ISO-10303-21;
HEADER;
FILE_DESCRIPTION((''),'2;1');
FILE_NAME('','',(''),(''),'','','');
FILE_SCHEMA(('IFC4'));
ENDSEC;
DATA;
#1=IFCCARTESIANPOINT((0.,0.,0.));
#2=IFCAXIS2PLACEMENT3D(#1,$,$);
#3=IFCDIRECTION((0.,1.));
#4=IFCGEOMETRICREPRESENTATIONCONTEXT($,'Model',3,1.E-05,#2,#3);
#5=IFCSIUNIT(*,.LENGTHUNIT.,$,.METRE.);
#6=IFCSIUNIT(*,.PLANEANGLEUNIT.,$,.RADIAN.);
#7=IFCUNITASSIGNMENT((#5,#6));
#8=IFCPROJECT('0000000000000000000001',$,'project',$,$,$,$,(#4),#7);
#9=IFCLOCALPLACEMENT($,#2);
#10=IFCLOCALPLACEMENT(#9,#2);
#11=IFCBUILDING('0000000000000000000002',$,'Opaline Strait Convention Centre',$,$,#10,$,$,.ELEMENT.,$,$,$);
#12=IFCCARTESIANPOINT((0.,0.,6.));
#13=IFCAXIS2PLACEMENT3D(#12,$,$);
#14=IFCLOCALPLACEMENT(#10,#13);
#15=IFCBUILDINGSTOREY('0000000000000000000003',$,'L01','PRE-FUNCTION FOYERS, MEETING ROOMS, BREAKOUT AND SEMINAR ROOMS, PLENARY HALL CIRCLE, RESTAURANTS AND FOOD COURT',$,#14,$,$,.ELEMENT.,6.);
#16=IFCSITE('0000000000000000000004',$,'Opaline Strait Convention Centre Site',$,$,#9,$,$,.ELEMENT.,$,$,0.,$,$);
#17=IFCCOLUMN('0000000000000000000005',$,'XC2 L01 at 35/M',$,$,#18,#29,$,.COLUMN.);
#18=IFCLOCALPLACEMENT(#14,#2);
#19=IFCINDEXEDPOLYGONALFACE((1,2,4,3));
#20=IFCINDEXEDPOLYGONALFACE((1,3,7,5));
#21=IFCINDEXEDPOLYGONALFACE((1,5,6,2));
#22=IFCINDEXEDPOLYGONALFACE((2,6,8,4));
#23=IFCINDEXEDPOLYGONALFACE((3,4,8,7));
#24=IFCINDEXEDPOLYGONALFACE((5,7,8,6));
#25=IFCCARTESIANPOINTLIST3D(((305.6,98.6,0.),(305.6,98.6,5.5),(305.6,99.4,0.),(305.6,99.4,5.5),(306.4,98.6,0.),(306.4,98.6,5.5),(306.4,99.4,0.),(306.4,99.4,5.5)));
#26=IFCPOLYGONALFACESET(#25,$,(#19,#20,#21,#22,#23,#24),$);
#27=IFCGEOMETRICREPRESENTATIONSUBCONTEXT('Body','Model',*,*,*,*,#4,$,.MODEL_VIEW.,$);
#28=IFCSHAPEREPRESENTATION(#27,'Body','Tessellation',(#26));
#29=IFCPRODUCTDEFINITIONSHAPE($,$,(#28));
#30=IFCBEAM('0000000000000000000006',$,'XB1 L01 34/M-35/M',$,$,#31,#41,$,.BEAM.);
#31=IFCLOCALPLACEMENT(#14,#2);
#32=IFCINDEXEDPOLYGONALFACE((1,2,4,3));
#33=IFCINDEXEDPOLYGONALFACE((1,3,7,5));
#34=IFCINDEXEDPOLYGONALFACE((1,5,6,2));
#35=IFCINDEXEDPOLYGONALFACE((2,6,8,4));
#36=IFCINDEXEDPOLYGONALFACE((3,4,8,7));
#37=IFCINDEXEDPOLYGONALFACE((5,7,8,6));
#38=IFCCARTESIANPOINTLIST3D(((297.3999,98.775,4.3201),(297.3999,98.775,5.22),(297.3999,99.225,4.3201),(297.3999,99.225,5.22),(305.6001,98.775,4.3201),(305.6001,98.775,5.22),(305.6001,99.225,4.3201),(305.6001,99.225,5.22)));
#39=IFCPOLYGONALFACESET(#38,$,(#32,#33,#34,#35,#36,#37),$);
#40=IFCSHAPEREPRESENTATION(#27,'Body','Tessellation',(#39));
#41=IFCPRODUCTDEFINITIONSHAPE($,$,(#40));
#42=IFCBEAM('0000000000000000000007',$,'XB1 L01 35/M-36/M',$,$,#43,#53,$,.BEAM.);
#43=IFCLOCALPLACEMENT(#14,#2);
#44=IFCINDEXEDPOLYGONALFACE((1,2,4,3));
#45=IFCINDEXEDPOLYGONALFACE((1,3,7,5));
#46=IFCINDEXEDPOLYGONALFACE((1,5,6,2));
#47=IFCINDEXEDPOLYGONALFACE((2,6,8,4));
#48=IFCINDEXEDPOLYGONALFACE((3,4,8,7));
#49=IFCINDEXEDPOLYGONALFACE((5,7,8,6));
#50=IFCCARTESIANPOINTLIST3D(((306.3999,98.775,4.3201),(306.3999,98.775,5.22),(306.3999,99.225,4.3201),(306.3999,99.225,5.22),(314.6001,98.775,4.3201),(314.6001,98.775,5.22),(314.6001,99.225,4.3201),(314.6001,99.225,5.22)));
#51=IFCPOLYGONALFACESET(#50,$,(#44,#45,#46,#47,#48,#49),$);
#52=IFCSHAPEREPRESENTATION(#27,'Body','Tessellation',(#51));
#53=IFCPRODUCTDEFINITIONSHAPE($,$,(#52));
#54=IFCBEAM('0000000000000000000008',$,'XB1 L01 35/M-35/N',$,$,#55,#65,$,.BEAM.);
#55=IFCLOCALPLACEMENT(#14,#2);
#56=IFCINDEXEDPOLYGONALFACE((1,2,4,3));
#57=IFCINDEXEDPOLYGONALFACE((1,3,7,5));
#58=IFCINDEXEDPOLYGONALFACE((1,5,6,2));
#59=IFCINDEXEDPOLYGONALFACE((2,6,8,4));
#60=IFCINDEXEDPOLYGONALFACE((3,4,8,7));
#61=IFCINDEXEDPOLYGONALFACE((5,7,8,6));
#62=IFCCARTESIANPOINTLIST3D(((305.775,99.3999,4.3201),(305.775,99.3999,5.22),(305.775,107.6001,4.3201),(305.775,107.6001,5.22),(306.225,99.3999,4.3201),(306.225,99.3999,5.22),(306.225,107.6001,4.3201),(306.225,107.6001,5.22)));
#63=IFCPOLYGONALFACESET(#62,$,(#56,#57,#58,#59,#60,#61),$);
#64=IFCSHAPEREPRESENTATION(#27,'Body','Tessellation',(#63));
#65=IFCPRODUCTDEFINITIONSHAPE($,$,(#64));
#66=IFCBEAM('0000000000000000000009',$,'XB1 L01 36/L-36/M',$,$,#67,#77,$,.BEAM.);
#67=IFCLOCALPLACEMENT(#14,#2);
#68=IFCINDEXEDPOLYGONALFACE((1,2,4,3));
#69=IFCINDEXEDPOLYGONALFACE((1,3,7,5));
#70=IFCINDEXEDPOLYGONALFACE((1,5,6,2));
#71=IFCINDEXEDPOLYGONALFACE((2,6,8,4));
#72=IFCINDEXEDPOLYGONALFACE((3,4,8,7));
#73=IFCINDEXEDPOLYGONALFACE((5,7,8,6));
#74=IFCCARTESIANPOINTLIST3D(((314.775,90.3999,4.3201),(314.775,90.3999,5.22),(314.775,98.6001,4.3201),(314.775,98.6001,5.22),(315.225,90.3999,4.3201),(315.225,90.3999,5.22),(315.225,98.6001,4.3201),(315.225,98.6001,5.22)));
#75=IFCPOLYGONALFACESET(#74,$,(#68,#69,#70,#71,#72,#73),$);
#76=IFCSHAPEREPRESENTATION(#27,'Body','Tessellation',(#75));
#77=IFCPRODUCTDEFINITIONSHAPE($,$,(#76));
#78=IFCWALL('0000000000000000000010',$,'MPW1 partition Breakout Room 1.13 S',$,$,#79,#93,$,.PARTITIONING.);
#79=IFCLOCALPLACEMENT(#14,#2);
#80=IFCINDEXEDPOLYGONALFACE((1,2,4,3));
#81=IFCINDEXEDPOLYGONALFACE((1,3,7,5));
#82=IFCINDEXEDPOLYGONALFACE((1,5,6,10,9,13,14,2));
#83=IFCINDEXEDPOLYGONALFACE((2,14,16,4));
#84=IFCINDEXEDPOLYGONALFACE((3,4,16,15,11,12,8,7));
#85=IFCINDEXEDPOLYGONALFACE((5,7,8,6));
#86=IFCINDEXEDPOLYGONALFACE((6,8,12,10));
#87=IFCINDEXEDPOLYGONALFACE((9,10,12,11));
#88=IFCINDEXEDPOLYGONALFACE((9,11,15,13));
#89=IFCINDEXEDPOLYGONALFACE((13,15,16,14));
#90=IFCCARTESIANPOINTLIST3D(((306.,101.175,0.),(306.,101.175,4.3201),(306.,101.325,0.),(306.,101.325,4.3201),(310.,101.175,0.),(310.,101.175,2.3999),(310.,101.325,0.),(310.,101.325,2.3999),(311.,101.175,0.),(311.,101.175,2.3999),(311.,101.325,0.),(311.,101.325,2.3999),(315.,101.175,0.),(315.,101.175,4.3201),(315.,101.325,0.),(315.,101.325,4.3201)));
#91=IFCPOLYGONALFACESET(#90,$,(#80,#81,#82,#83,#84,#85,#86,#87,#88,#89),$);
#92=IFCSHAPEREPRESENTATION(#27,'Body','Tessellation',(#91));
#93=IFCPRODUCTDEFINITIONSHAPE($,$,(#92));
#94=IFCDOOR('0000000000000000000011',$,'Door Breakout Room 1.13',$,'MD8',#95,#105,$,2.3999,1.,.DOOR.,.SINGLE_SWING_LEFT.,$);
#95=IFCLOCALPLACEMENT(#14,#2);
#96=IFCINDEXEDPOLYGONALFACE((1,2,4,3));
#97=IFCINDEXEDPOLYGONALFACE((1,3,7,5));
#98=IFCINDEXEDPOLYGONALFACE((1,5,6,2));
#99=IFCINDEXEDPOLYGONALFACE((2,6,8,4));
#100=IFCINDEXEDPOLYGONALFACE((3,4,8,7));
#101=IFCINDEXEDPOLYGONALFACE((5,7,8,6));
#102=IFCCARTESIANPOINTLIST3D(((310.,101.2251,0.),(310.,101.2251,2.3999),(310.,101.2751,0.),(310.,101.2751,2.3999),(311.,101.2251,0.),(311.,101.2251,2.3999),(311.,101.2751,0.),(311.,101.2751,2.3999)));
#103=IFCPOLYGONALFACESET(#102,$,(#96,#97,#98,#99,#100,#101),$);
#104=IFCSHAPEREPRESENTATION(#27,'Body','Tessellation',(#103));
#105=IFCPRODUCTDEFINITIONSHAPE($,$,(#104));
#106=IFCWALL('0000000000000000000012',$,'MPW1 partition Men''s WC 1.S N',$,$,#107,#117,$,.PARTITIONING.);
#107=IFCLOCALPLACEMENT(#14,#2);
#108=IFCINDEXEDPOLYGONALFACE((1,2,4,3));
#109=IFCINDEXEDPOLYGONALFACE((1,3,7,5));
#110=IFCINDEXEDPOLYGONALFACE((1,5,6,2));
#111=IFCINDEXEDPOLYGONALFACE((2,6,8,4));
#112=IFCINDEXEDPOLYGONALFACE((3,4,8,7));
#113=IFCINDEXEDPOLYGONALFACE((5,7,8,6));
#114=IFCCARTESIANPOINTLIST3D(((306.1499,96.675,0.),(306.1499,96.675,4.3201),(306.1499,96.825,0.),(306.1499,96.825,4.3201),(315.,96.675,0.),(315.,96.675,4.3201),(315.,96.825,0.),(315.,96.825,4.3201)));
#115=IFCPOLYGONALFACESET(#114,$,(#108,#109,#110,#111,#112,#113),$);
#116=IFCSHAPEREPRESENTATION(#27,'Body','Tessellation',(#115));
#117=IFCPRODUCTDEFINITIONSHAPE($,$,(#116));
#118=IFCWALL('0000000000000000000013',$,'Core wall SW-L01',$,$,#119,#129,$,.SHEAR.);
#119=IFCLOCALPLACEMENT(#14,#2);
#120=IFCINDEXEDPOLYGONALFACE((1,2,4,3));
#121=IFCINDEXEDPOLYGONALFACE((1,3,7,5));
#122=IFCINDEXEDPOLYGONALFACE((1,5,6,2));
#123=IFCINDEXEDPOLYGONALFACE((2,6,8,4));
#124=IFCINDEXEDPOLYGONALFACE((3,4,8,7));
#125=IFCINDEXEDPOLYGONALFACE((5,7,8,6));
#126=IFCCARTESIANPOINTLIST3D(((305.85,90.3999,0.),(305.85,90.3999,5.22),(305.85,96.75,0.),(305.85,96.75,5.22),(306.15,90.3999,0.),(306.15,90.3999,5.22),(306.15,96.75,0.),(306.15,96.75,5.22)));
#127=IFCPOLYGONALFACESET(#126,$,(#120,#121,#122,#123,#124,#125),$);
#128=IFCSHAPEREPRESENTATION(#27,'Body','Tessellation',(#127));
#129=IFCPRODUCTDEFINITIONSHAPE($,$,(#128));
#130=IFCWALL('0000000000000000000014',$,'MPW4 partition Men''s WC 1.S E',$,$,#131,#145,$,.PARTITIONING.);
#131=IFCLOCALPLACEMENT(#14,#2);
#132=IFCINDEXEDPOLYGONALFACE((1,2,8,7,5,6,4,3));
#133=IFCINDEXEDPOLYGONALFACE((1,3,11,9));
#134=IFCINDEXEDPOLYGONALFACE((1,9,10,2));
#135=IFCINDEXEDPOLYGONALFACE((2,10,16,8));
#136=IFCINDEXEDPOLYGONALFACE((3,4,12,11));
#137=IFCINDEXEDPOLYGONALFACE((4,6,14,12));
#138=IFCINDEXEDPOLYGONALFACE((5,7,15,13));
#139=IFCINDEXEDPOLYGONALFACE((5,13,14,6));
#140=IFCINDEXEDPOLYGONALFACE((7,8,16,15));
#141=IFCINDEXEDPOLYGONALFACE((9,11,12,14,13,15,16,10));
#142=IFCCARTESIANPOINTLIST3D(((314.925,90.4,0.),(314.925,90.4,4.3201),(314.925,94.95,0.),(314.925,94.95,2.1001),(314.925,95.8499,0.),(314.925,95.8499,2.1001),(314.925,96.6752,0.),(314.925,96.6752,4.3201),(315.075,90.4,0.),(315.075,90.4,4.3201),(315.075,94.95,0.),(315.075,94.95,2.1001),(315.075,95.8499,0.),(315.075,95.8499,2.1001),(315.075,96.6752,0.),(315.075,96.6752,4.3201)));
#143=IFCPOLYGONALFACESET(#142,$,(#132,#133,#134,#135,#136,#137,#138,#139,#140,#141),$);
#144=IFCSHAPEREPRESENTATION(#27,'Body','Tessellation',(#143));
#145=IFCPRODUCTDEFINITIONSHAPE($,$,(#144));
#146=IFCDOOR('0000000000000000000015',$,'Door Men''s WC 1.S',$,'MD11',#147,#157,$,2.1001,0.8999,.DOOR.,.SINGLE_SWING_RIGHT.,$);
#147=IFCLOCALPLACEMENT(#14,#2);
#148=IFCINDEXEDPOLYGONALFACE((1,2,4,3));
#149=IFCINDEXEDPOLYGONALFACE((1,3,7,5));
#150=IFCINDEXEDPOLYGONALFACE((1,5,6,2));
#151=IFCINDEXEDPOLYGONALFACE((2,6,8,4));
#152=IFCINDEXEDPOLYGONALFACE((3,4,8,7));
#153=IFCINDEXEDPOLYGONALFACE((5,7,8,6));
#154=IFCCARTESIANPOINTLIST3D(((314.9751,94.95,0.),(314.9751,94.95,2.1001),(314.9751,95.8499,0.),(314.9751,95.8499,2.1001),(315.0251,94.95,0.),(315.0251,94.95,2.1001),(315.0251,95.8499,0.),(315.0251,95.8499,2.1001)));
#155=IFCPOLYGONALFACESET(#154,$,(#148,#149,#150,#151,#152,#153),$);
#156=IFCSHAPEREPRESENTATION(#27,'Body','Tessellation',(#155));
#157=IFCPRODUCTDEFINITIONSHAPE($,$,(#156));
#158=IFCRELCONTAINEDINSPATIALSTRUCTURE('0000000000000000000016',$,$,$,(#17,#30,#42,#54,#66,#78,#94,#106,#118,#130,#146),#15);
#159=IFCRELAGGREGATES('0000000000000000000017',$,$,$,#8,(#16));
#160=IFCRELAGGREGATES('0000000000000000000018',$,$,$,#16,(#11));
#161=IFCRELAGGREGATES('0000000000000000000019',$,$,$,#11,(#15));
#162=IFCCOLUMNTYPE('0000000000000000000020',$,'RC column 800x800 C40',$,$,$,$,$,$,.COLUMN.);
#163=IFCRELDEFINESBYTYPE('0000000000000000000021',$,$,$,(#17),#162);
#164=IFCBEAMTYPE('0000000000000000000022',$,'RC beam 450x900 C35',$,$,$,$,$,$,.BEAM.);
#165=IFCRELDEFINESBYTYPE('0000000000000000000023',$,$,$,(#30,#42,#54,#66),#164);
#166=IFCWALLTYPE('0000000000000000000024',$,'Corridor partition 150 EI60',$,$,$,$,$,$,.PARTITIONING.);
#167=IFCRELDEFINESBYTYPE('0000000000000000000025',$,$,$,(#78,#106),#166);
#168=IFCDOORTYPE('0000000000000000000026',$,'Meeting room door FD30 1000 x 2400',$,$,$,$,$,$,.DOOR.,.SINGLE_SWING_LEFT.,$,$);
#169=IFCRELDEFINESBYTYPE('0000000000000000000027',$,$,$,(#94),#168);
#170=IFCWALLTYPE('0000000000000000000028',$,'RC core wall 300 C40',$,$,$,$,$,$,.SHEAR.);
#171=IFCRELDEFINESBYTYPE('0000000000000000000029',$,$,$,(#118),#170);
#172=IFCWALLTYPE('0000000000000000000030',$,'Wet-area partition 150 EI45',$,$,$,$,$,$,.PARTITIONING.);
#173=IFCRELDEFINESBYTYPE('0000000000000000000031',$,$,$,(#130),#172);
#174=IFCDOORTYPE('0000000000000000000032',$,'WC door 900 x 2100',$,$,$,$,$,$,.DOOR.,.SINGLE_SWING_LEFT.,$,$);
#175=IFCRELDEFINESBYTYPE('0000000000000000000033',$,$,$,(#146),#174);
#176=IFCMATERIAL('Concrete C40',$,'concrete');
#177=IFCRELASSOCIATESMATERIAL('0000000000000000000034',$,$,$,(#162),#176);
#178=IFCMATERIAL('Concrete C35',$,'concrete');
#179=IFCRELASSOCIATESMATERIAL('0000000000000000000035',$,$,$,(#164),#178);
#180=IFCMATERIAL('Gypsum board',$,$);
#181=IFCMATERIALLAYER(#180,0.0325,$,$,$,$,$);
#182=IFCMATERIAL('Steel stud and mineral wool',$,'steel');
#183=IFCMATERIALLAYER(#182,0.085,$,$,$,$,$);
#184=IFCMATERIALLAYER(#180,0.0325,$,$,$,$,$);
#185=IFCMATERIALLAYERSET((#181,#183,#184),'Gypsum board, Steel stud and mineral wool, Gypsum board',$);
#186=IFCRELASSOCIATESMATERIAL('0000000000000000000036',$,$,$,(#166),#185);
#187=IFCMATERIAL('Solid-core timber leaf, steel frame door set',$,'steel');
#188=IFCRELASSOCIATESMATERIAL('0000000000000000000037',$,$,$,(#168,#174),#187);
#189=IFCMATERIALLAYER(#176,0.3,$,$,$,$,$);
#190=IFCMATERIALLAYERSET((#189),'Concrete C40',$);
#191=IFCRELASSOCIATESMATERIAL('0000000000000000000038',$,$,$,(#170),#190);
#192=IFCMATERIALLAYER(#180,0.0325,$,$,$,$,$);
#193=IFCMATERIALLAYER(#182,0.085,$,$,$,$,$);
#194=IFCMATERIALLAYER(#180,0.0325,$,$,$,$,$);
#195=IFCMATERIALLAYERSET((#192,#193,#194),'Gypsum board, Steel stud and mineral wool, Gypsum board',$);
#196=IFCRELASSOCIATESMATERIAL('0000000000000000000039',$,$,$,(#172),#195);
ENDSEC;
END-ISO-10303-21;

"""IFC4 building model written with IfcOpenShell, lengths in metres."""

from ifc_helpers import new_model, si_unit, direction, frame, frame_2d, origin, origin_2d, place, context, subcontext, project, spatial, rectangle, extrude, material, layer, layer_set, material_profile, profile_set, type_object, element, fill, save


model = new_model("IFC4")

# Units and contexts
model_context = context("Model", 3, precision=1e-05, world=origin(), true_north=direction((0.0, 1.0)))
body_context = subcontext(model_context, "Body", "Model", "MODEL_VIEW")
ifc_project = project(units=[si_unit("LENGTHUNIT", "METRE"), si_unit("PLANEANGLEUNIT", "RADIAN")], contexts=[model_context])

# Site, building, storey
site_placement = place(None, origin())
site = spatial("IfcSite", under=ifc_project, at=site_placement, Name="Opaline Strait Convention Centre Site", CompositionType="ELEMENT", RefElevation=0.0)
building_placement = place(site_placement, origin())
building = spatial("IfcBuilding", under=site, at=building_placement, Name="Opaline Strait Convention Centre", CompositionType="ELEMENT")
storey_placement = place(building_placement, frame((0.0, 0.0, 6.0)))
storey = spatial("IfcBuildingStorey", under=building, at=storey_placement, Name="L01", Description="PRE-FUNCTION FOYERS, MEETING ROOMS, BREAKOUT AND SEMINAR ROOMS, PLENARY HALL CIRCLE, RESTAURANTS AND FOOD COURT", CompositionType="ELEMENT", Elevation=6.0)

# Column
ifc_material_1 = material(Name="Concrete C40", Category="concrete")
ifc_material_profile_1 = material_profile(ifc_material_1, rectangle(XDim=0.8, YDim=0.8, at=origin_2d()), Name="RC 800x800")
ifc_profile_set_1 = profile_set([ifc_material_profile_1], Name="Concrete C40")
column_type = type_object("IfcColumnType", Name="RC column 800x800 C40", PredefinedType="COLUMN", material=ifc_profile_set_1)
column_placement = place(storey_placement, frame((306.0, 99.0, 0.0), z_axis=(0.0, 0.0, 1.0), x_axis=(1.0, 0.0, 0.0)))
element("IfcColumn", 1, at=column_placement, inside=storey, type_object=column_type, Name="XC2 L01 at 35/M", PredefinedType="COLUMN", context=body_context, shape_type="SweptSolid", body=[
    extrude(rectangle(XDim=0.8, YDim=0.8, at=origin_2d()), origin(), (0.0, 0.0, 1.0), 5.5),
])

# Beams
ifc_material_2 = material(Name="Concrete C35", Category="concrete")
ifc_material_profile_2 = material_profile(ifc_material_2, rectangle(XDim=0.45, YDim=0.8999, at=origin_2d()), Name="RC 450x900")
ifc_profile_set_2 = profile_set([ifc_material_profile_2], Name="Concrete C35")
beam_type = type_object("IfcBeamType", Name="RC beam 450x900 C35", PredefinedType="BEAM", material=ifc_profile_set_2)
for number, where, z_axis, x_axis, name in (
    (2, (297.3999, 99.0, 4.77), (1.0, 0.0, 0.0), (0.0, 1.0, 0.0), "XB1 L01 34/M-35/M"),
    (3, (306.3999, 99.0, 4.77), (1.0, 0.0, 0.0), (0.0, 1.0, 0.0), "XB1 L01 35/M-36/M"),
    (4, (306.0, 99.3999, 4.77), (0.0, 1.0, 0.0), (-1.0, 0.0, 0.0), "XB1 L01 35/M-35/N"),
    (5, (315.0, 90.3999, 4.77), (0.0, 1.0, 0.0), (-1.0, 0.0, 0.0), "XB1 L01 36/L-36/M"),
):
    element("IfcBeam", number, at=place(storey_placement, frame(where, z_axis=z_axis, x_axis=x_axis)), inside=storey, type_object=beam_type, Name=name, PredefinedType="BEAM", context=body_context, shape_type="SweptSolid", body=[
        extrude(rectangle(XDim=0.45, YDim=0.8999, at=origin_2d()), origin(), (0.0, 0.0, 1.0), 8.2002),
    ])

# Wall, opening, door
ifc_material_3 = material(Name="Gypsum board")
ifc_layer_1 = layer(ifc_material_3, 0.0325)
ifc_material_4 = material(Name="Steel stud and mineral wool", Category="steel")
ifc_layer_2 = layer(ifc_material_4, 0.085)
ifc_layer_3 = layer(ifc_material_3, 0.0325)
ifc_layer_set_1 = layer_set([ifc_layer_1, ifc_layer_2, ifc_layer_3], Name="Gypsum board, Steel stud and mineral wool, Gypsum board")
wall_type_1 = type_object("IfcWallType", Name="Corridor partition 150 EI60", PredefinedType="PARTITIONING", material=ifc_layer_set_1)
wall_1_placement = place(storey_placement, frame((306.0, 101.25, 0.0), z_axis=(0.0, 0.0, 1.0), x_axis=(1.0, 0.0, 0.0)))
wall_1 = element("IfcWall", 6, at=wall_1_placement, inside=storey, type_object=wall_type_1, Name="MPW1 partition Breakout Room 1.13 S", PredefinedType="PARTITIONING", context=body_context, shape_type="SweptSolid", body=[
    extrude(rectangle(XDim=9.0, YDim=0.1499, at=frame_2d((4.5, 0.0))), origin(), (0.0, 0.0, 1.0), 4.3201),
])
opening_1_placement = place(wall_1_placement, frame((4.0, 0.0, 0.0)))
opening_1 = element("IfcOpeningElement", 7, at=opening_1_placement, cuts=wall_1, PredefinedType="OPENING", context=body_context, shape_type="SweptSolid", body=[
    extrude(rectangle(XDim=1.0, YDim=2.3999, at=frame_2d((0.5, 1.2))), frame((0.0, 0.085, 0.0), z_axis=(0.0, -1.0, 0.0), x_axis=(1.0, 0.0, 0.0)), (0.0, 0.0, 1.0), 0.1699),
])
ifc_material_5 = material(Name="Solid-core timber leaf, steel frame door set", Category="steel")
door_type_1 = type_object("IfcDoorType", Name="Meeting room door FD30 1000 x 2400", OperationType="SINGLE_SWING_LEFT", PredefinedType="DOOR", material=ifc_material_5)
door_1_placement = place(opening_1_placement, frame((1.0, 0.0, 0.0), z_axis=(0.0, 0.0, 1.0), x_axis=(-1.0, 0.0, 0.0)))
door_1 = element("IfcDoor", 8, at=door_1_placement, inside=storey, type_object=door_type_1, Name="Door Breakout Room 1.13", ObjectType="MD8", OperationType="SINGLE_SWING_LEFT", OverallHeight=2.3999, OverallWidth=1.0, PredefinedType="DOOR", context=body_context, shape_type="SweptSolid", body=[
    extrude(rectangle(XDim=1.0, YDim=2.3999, at=frame_2d((0.5, 1.2))), frame((0.0, 0.0249, 0.0), z_axis=(0.0, -1.0, 0.0), x_axis=(1.0, 0.0, 0.0)), (0.0, 0.0, 1.0), 0.05),
])
fill(opening_1, door_1)

# Walls
wall_2_placement = place(storey_placement, frame((306.1499, 96.75, 0.0), z_axis=(0.0, 0.0, 1.0), x_axis=(1.0, 0.0, 0.0)))
element("IfcWall", 9, at=wall_2_placement, inside=storey, type_object=wall_type_1, Name="MPW1 partition Men's WC 1.S N", PredefinedType="PARTITIONING", context=body_context, shape_type="SweptSolid", body=[
    extrude(rectangle(XDim=8.8501, YDim=0.1499, at=frame_2d((4.425, 0.0))), origin(), (0.0, 0.0, 1.0), 4.3201),
])
ifc_layer_4 = layer(ifc_material_1, 0.3)
ifc_layer_set_2 = layer_set([ifc_layer_4], Name="Concrete C40")
wall_type_2 = type_object("IfcWallType", Name="RC core wall 300 C40", PredefinedType="SHEAR", material=ifc_layer_set_2)
wall_3_placement = place(storey_placement, frame((306.0, 90.3999, 0.0), z_axis=(0.0, 0.0, 1.0), x_axis=(0.0, 1.0, 0.0)))
element("IfcWall", 10, at=wall_3_placement, inside=storey, type_object=wall_type_2, Name="Core wall SW-L01", PredefinedType="SHEAR", context=body_context, shape_type="SweptSolid", body=[
    extrude(rectangle(XDim=6.3501, YDim=0.3, at=frame_2d((3.175, 0.0))), origin(), (0.0, 0.0, 1.0), 5.22),
])

# Wall, opening, door
ifc_layer_5 = layer(ifc_material_3, 0.0325)
ifc_layer_6 = layer(ifc_material_4, 0.085)
ifc_layer_7 = layer(ifc_material_3, 0.0325)
ifc_layer_set_3 = layer_set([ifc_layer_5, ifc_layer_6, ifc_layer_7], Name="Gypsum board, Steel stud and mineral wool, Gypsum board")
wall_type_3 = type_object("IfcWallType", Name="Wet-area partition 150 EI45", PredefinedType="PARTITIONING", material=ifc_layer_set_3)
wall_4_placement = place(storey_placement, frame((315.0, 90.3999, 0.0), z_axis=(0.0, 0.0, 1.0), x_axis=(0.0, 1.0, 0.0)))
wall_4 = element("IfcWall", 11, at=wall_4_placement, inside=storey, type_object=wall_type_3, Name="MPW4 partition Men's WC 1.S E", PredefinedType="PARTITIONING", context=body_context, shape_type="SweptSolid", body=[
    extrude(rectangle(XDim=6.2751, YDim=0.1499, at=frame_2d((3.1377, 0.0))), origin(), (0.0, 0.0, 1.0), 4.3201),
])
opening_2_placement = place(wall_4_placement, frame((4.55, 0.0, 0.0)))
opening_2 = element("IfcOpeningElement", 12, at=opening_2_placement, cuts=wall_4, PredefinedType="OPENING", context=body_context, shape_type="SweptSolid", body=[
    extrude(rectangle(XDim=0.8999, YDim=2.1001, at=frame_2d((0.45, 1.05))), frame((0.0, 0.085, 0.0), z_axis=(0.0, -1.0, 0.0), x_axis=(1.0, 0.0, 0.0)), (0.0, 0.0, 1.0), 0.1699),
])
door_type_2 = type_object("IfcDoorType", Name="WC door 900 x 2100", OperationType="SINGLE_SWING_LEFT", PredefinedType="DOOR", material=ifc_material_5)
door_2_placement = place(opening_2_placement, origin())
door_2 = element("IfcDoor", 13, at=door_2_placement, inside=storey, type_object=door_type_2, Name="Door Men's WC 1.S", ObjectType="MD11", OperationType="SINGLE_SWING_RIGHT", OverallHeight=2.1001, OverallWidth=0.8999, PredefinedType="DOOR", context=body_context, shape_type="SweptSolid", body=[
    extrude(rectangle(XDim=0.8999, YDim=2.1001, at=frame_2d((0.45, 1.05))), frame((0.0, 0.0249, 0.0), z_axis=(0.0, -1.0, 0.0), x_axis=(1.0, 0.0, 0.0)), (0.0, 0.0, 1.0), 0.05),
])
fill(opening_2, door_2)

save(model, "model.ifc")
